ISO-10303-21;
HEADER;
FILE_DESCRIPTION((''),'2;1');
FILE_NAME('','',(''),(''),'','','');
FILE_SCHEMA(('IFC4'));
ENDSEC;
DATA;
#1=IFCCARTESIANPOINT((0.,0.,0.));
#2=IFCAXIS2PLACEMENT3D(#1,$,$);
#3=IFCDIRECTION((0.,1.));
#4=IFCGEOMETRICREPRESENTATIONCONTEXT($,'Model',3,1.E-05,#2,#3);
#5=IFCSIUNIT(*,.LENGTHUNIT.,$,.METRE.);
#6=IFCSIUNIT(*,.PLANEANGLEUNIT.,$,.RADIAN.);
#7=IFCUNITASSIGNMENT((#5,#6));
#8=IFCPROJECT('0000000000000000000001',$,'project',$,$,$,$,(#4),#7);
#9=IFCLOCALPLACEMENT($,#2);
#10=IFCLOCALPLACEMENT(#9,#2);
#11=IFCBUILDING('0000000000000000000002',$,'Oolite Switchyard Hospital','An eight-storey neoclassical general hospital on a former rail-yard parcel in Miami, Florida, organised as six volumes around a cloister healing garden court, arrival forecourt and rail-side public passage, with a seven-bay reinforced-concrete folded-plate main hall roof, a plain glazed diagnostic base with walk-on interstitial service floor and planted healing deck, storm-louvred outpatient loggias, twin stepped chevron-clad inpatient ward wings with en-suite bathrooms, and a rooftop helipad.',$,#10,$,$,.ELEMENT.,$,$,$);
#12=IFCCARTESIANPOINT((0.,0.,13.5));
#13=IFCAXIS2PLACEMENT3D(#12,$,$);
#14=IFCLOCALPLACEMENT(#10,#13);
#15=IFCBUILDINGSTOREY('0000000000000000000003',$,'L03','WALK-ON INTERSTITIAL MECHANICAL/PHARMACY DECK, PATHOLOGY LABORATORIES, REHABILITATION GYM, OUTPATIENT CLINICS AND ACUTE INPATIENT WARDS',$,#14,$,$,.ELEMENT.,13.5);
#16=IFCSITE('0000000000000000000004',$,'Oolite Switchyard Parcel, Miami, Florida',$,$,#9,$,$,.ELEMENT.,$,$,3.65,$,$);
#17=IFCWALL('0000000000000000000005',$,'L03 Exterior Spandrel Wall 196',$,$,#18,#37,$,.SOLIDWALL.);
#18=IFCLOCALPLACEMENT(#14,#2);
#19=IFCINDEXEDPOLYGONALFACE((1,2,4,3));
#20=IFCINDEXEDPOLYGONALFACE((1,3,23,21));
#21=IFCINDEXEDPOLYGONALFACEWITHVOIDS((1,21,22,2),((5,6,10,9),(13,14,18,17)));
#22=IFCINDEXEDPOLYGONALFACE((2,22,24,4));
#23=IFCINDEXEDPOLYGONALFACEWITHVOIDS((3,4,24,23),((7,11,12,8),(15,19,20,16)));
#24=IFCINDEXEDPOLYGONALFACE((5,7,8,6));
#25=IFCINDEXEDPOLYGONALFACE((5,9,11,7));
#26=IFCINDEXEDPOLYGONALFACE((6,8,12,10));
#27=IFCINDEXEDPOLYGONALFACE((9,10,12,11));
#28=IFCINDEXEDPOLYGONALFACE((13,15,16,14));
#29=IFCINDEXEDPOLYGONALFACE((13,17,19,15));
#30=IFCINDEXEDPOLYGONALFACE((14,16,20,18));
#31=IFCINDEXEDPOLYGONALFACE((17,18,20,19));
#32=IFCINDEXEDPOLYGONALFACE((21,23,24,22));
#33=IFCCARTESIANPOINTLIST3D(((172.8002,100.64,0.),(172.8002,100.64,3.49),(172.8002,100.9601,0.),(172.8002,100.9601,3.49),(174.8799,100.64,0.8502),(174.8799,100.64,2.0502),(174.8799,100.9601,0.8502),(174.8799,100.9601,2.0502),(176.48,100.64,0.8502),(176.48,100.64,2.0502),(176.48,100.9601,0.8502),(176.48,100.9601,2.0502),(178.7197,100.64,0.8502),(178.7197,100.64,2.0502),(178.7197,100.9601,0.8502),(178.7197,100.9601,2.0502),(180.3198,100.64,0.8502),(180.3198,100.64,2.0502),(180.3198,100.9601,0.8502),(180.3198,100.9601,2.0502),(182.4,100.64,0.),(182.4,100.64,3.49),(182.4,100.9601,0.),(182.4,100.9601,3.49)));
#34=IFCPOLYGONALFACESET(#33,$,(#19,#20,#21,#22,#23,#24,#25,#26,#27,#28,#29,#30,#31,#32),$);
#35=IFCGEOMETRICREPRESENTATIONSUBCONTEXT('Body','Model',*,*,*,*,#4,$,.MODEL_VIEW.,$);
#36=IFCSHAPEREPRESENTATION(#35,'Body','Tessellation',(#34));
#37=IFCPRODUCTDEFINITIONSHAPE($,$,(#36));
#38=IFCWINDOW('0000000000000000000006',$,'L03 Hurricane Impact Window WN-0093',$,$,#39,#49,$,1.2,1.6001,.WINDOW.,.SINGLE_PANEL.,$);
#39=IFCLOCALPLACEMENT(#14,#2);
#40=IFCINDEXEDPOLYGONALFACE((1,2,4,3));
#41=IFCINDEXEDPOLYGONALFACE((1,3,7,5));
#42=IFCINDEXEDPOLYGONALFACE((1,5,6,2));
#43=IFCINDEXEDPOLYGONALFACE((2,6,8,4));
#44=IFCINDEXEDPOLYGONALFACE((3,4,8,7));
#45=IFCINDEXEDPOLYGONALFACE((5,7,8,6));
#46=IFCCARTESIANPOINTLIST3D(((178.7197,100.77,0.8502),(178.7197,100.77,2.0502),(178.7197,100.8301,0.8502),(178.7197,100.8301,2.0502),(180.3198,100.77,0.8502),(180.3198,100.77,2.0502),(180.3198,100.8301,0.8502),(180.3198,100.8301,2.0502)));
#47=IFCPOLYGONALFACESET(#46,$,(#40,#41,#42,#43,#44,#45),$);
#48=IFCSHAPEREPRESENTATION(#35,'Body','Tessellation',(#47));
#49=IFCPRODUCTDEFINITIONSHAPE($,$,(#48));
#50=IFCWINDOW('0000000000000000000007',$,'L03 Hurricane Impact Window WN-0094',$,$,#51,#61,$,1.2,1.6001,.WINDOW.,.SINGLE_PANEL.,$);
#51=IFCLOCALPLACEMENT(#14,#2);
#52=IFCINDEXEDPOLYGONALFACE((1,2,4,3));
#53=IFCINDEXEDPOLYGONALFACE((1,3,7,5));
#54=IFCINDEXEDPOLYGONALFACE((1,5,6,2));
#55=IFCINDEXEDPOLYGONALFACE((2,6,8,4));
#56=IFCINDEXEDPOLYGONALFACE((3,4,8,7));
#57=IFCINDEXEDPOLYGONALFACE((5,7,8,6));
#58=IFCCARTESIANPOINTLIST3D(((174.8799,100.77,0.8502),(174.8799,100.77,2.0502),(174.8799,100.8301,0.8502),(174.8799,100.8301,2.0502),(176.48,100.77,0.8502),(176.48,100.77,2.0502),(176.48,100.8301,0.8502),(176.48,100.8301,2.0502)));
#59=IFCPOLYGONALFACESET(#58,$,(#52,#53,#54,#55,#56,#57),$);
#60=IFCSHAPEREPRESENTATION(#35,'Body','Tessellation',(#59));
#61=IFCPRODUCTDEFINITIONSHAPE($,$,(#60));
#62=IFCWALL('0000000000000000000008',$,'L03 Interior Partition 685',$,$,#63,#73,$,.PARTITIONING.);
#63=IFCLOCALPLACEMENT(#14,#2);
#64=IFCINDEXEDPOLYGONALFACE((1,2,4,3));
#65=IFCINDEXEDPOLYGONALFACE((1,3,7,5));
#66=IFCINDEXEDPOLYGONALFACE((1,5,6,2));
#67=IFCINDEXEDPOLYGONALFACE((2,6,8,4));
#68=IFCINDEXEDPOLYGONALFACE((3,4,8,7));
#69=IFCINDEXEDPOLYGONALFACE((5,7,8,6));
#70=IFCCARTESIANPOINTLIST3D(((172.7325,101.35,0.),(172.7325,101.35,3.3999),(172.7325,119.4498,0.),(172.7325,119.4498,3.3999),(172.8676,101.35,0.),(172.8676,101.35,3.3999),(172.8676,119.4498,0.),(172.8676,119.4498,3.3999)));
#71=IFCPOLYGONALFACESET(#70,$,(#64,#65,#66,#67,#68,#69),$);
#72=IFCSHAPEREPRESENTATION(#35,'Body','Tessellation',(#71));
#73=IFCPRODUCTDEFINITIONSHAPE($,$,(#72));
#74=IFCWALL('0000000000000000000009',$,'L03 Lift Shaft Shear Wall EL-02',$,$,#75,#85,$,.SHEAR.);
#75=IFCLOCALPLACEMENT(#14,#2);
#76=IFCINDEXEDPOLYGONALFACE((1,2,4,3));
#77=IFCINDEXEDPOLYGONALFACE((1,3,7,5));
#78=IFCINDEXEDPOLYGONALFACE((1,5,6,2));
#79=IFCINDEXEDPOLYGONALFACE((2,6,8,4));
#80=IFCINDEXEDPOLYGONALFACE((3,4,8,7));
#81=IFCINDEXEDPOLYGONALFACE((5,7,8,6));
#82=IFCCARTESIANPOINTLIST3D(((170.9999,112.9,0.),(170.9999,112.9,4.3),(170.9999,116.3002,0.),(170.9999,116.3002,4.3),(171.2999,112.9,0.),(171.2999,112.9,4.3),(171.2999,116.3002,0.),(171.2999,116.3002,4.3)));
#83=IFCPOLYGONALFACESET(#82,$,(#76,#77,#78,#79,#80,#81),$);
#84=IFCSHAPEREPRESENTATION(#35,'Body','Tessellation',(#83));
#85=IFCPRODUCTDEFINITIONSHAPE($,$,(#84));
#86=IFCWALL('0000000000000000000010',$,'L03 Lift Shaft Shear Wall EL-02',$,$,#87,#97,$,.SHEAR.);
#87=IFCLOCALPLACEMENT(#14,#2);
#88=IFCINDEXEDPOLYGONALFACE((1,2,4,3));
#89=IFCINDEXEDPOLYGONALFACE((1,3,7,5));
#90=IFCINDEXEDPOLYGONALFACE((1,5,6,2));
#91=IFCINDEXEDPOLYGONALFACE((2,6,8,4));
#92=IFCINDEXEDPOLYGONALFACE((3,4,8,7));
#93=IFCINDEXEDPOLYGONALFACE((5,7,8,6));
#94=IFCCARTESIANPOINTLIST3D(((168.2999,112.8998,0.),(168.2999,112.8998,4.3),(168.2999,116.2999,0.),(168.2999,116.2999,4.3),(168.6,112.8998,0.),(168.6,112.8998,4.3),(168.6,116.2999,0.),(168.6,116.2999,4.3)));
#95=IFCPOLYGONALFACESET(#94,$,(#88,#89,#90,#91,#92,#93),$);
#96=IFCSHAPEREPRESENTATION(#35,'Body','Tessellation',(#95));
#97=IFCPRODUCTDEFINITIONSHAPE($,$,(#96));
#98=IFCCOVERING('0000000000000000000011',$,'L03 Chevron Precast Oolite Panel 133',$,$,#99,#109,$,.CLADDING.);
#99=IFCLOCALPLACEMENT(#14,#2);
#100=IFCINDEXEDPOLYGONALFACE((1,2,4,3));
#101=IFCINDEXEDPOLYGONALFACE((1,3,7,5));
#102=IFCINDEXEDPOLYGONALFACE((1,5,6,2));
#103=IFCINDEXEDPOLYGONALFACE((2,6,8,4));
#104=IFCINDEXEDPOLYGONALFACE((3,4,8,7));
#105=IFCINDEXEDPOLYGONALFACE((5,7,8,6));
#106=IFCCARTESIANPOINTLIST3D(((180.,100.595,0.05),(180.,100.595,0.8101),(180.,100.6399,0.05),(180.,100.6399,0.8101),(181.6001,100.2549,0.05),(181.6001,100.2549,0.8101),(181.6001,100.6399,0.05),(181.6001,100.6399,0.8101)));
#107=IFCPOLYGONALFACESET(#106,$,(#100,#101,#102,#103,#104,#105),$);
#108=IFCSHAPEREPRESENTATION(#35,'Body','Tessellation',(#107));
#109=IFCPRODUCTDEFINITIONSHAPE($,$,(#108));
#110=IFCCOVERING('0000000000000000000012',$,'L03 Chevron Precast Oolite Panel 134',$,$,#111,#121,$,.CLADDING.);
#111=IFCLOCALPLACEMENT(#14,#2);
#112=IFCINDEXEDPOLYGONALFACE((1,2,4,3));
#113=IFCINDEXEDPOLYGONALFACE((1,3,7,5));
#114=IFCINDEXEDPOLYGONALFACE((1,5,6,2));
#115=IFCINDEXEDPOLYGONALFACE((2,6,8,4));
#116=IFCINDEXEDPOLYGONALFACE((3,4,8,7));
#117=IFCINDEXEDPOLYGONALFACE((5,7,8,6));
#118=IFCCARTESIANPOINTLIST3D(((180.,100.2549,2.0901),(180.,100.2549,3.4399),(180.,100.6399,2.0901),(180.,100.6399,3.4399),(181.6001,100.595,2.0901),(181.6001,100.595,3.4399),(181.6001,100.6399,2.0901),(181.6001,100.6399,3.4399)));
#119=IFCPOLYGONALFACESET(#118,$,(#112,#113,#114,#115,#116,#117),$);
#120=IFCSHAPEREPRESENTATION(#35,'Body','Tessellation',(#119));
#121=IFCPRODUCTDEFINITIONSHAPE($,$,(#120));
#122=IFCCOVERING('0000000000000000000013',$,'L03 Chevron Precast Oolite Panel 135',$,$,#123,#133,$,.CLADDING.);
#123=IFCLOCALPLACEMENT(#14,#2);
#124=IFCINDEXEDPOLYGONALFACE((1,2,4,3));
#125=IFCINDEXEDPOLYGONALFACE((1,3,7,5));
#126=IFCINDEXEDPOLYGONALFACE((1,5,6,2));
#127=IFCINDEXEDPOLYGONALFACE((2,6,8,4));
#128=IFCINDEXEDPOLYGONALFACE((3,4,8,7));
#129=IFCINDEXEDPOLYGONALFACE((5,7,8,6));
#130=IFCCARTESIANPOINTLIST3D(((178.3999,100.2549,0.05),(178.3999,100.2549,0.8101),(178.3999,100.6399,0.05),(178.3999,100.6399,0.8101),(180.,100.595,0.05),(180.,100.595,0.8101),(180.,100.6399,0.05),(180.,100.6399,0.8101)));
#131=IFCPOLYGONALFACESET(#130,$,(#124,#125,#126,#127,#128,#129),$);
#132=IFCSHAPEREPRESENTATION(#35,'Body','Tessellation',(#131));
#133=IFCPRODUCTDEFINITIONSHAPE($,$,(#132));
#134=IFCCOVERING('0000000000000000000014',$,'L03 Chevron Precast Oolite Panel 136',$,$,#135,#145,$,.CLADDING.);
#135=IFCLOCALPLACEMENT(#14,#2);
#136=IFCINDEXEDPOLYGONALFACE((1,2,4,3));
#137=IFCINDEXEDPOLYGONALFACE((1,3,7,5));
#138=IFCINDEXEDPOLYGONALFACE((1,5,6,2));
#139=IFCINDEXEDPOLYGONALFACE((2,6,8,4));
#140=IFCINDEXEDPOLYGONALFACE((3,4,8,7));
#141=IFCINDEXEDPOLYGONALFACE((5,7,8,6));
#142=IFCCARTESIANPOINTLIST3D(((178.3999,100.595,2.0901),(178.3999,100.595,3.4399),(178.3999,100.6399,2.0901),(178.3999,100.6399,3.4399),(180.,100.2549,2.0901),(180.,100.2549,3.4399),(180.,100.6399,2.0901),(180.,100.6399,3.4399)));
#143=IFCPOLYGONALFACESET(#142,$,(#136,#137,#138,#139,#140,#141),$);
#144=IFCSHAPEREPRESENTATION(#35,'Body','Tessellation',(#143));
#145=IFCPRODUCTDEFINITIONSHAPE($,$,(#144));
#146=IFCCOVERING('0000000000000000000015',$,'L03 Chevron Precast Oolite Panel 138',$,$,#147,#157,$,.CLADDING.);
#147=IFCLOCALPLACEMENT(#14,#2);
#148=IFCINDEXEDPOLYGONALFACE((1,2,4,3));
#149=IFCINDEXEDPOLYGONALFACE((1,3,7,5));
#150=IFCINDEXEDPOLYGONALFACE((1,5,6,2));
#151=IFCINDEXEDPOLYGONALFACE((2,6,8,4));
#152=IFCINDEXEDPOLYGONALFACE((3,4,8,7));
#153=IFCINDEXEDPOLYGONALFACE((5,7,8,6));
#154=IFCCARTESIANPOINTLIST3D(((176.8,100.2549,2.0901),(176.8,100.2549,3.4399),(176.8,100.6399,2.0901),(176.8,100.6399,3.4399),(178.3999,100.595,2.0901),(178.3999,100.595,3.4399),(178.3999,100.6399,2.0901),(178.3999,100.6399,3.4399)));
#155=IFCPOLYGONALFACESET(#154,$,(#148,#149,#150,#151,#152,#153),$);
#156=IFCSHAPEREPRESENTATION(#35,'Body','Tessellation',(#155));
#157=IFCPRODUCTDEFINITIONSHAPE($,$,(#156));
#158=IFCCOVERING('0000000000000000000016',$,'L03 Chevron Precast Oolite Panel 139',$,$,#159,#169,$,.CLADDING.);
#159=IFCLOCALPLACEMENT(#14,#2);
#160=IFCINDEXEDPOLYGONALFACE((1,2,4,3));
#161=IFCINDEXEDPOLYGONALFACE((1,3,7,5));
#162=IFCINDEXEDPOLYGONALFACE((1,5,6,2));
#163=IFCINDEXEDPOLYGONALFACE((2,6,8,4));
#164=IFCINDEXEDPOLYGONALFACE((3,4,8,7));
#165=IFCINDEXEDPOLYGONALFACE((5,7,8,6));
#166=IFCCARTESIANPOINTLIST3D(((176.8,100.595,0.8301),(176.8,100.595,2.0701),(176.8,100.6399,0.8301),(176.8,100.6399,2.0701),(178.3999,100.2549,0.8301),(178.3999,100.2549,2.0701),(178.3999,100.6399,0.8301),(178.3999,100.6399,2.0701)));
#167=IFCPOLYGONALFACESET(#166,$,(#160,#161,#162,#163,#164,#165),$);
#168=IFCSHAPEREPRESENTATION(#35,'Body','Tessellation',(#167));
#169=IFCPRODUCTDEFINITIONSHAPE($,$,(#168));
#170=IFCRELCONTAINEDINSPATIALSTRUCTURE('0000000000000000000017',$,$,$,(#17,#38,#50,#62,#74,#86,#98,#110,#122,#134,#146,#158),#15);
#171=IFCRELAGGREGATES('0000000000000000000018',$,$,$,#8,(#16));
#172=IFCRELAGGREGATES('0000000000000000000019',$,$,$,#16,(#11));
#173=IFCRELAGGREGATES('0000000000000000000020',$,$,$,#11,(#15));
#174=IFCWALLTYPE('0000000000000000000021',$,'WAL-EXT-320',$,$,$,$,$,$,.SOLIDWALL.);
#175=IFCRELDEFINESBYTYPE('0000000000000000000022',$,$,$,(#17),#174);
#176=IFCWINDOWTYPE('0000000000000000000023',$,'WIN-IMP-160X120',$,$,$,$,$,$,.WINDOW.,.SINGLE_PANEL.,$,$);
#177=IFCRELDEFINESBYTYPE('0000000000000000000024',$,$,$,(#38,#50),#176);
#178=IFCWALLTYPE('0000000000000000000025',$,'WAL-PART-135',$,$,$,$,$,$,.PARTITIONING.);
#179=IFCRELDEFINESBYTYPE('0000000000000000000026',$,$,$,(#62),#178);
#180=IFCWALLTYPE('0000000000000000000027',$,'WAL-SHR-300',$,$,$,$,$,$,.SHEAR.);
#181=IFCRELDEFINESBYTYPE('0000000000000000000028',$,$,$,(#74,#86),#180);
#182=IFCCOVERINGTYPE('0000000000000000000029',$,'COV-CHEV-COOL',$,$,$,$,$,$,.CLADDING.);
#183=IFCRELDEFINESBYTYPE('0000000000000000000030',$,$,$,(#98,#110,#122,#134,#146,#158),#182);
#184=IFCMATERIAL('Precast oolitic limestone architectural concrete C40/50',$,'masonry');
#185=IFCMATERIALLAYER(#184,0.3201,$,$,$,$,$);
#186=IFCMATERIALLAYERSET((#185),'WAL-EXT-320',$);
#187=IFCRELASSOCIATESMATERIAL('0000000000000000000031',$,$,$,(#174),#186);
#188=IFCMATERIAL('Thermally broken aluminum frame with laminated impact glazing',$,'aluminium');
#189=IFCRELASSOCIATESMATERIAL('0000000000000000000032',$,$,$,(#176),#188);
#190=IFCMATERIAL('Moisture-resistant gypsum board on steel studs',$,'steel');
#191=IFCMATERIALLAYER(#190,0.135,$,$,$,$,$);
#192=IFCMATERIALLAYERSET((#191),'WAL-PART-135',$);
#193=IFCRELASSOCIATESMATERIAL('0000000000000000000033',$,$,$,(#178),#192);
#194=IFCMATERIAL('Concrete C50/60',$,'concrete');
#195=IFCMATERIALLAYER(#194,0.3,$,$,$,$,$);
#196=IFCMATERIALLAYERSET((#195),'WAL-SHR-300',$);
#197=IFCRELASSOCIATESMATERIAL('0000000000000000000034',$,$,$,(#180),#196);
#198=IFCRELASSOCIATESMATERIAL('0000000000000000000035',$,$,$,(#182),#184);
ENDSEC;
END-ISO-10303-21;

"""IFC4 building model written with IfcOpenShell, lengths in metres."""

from ifc_helpers import new_model, si_unit, direction, frame, frame_2d, origin, place, context, subcontext, project, spatial, polyline, rectangle, outline, extrude, material, layer, layer_set, type_object, element, fill, save


model = new_model("IFC4")

# Units and contexts
model_context = context("Model", 3, precision=1e-05, world=origin(), true_north=direction((0.0, 1.0)))
body_context = subcontext(model_context, "Body", "Model", "MODEL_VIEW")
ifc_project = project(units=[si_unit("LENGTHUNIT", "METRE"), si_unit("PLANEANGLEUNIT", "RADIAN")], contexts=[model_context])

# Site, building, storey
site_placement = place(None, origin())
site = spatial("IfcSite", under=ifc_project, at=site_placement, Name="Oolite Switchyard Parcel, Miami, Florida", CompositionType="ELEMENT", RefElevation=3.65)
building_placement = place(site_placement, origin())
building = spatial("IfcBuilding", under=site, at=building_placement, Name="Oolite Switchyard Hospital", Description="An eight-storey neoclassical general hospital on a former rail-yard parcel in Miami, Florida, organised as six volumes around a cloister healing garden court, arrival forecourt and rail-side public passage, with a seven-bay reinforced-concrete folded-plate main hall roof, a plain glazed diagnostic base with walk-on interstitial service floor and planted healing deck, storm-louvred outpatient loggias, twin stepped chevron-clad inpatient ward wings with en-suite bathrooms, and a rooftop helipad.", CompositionType="ELEMENT")
storey_placement = place(building_placement, frame((0.0, 0.0, 13.5)))
storey = spatial("IfcBuildingStorey", under=building, at=storey_placement, Name="L03", Description="WALK-ON INTERSTITIAL MECHANICAL/PHARMACY DECK, PATHOLOGY LABORATORIES, REHABILITATION GYM, OUTPATIENT CLINICS AND ACUTE INPATIENT WARDS", CompositionType="ELEMENT", Elevation=13.5)

# Shared definitions
ifc_material_1 = material(Name="Concrete C50/60", Category="concrete")

# Wall, openings, windows
ifc_material_2 = material(Name="Precast oolitic limestone architectural concrete C40/50", Category="masonry")
ifc_layer_1 = layer(ifc_material_2, 0.3201)
ifc_layer_set_1 = layer_set([ifc_layer_1], Name="WAL-EXT-320")
wall_type_1 = type_object("IfcWallType", Name="WAL-EXT-320", PredefinedType="SOLIDWALL", material=ifc_layer_set_1)
wall_1_placement = place(storey_placement, frame((182.3999, 100.8, 0.0), z_axis=(0.0, 0.0, 1.0), x_axis=(-1.0, 0.0, 0.0)))
wall_1 = element("IfcWall", 1, at=wall_1_placement, inside=storey, type_object=wall_type_1, Name="L03 Exterior Spandrel Wall 196", PredefinedType="SOLIDWALL", context=body_context, shape_type="SweptSolid", body=[
    extrude(rectangle(XDim=9.5999, YDim=0.3201, at=frame_2d((4.7998, 0.0))), origin(), (0.0, 0.0, 1.0), 3.49),
])
opening_1_placement = place(wall_1_placement, frame((2.0801, 0.0, 0.8501)))
opening_1 = element("IfcOpeningElement", 2, at=opening_1_placement, cuts=wall_1, PredefinedType="OPENING", context=body_context, shape_type="SweptSolid", body=[
    extrude(rectangle(XDim=1.6001, YDim=1.2, at=frame_2d((0.8, 0.6001))), frame((0.0, 0.1699, 0.0), z_axis=(0.0, -1.0, 0.0), x_axis=(1.0, 0.0, 0.0)), (0.0, 0.0, 1.0), 0.3401),
])
opening_2_placement = place(wall_1_placement, frame((5.9199, 0.0, 0.8501)))
opening_2 = element("IfcOpeningElement", 3, at=opening_2_placement, cuts=wall_1, PredefinedType="OPENING", context=body_context, shape_type="SweptSolid", body=[
    extrude(rectangle(XDim=1.6001, YDim=1.2, at=frame_2d((0.8, 0.6001))), frame((0.0, 0.1699, 0.0), z_axis=(0.0, -1.0, 0.0), x_axis=(1.0, 0.0, 0.0)), (0.0, 0.0, 1.0), 0.3401),
])
ifc_material_3 = material(Name="Thermally broken aluminum frame with laminated impact glazing", Category="aluminium")
window_type = type_object("IfcWindowType", Name="WIN-IMP-160X120", PartitioningType="SINGLE_PANEL", PredefinedType="WINDOW", material=ifc_material_3)
window_1_placement = place(opening_1_placement, origin())
window_1 = element("IfcWindow", 4, at=window_1_placement, inside=storey, type_object=window_type, Name="L03 Hurricane Impact Window WN-0093", OverallHeight=1.2, OverallWidth=1.6001, PartitioningType="SINGLE_PANEL", PredefinedType="WINDOW", context=body_context, shape_type="SweptSolid", body=[
    extrude(rectangle(XDim=1.6001, YDim=1.2, at=frame_2d((0.8, 0.6001))), frame((0.0, 0.03, 0.0), z_axis=(0.0, -1.0, 0.0), x_axis=(1.0, 0.0, 0.0)), (0.0, 0.0, 1.0), 0.0601),
])
fill(opening_1, window_1)
window_2_placement = place(opening_2_placement, origin())
window_2 = element("IfcWindow", 5, at=window_2_placement, inside=storey, type_object=window_type, Name="L03 Hurricane Impact Window WN-0094", OverallHeight=1.2, OverallWidth=1.6001, PartitioningType="SINGLE_PANEL", PredefinedType="WINDOW", context=body_context, shape_type="SweptSolid", body=[
    extrude(rectangle(XDim=1.6001, YDim=1.2, at=frame_2d((0.8, 0.6001))), frame((0.0, 0.03, 0.0), z_axis=(0.0, -1.0, 0.0), x_axis=(1.0, 0.0, 0.0)), (0.0, 0.0, 1.0), 0.0601),
])
fill(opening_2, window_2)

# Walls
ifc_material_4 = material(Name="Moisture-resistant gypsum board on steel studs", Category="steel")
ifc_layer_2 = layer(ifc_material_4, 0.135)
ifc_layer_set_2 = layer_set([ifc_layer_2], Name="WAL-PART-135")
wall_type_2 = type_object("IfcWallType", Name="WAL-PART-135", PredefinedType="PARTITIONING", material=ifc_layer_set_2)
wall_2_placement = place(storey_placement, frame((172.8, 101.3501, 0.0), z_axis=(0.0, 0.0, 1.0), x_axis=(0.0, 1.0, 0.0)))
element("IfcWall", 6, at=wall_2_placement, inside=storey, type_object=wall_type_2, Name="L03 Interior Partition 685", PredefinedType="PARTITIONING", context=body_context, shape_type="SweptSolid", body=[
    extrude(rectangle(XDim=18.0999, YDim=0.135, at=frame_2d((9.0498, 0.0))), origin(), (0.0, 0.0, 1.0), 3.3999),
])
ifc_layer_3 = layer(ifc_material_1, 0.3)
ifc_layer_set_3 = layer_set([ifc_layer_3], Name="WAL-SHR-300")
wall_type_3 = type_object("IfcWallType", Name="WAL-SHR-300", PredefinedType="SHEAR", material=ifc_layer_set_3)
for number, where, z_axis, x_axis, name in (
    (7, (171.1499, 112.8999, 0.0), (0.0, 0.0, 1.0), (0.0, 1.0, 0.0), "L03 Lift Shaft Shear Wall EL-02"),
    (8, (168.45, 116.3, 0.0), (0.0, 0.0, 1.0), (0.0, -1.0, 0.0), "L03 Lift Shaft Shear Wall EL-02"),
):
    element("IfcWall", number, at=place(storey_placement, frame(where, z_axis=z_axis, x_axis=x_axis)), inside=storey, type_object=wall_type_3, Name=name, PredefinedType="SHEAR", context=body_context, shape_type="SweptSolid", body=[
        extrude(rectangle(XDim=3.4001, YDim=0.3, at=frame_2d((1.7002, 0.0))), origin(), (0.0, 0.0, 1.0), 4.3),
    ])

# Coverings
covering_type = type_object("IfcCoveringType", Name="COV-CHEV-COOL", PredefinedType="CLADDING", material=ifc_material_2)
covering_1_placement = place(storey_placement, frame((181.6001, 100.6399, 0.05), z_axis=(0.0, 0.0, 1.0), x_axis=(-1.0, 0.0, 0.0)))
element("IfcCovering", 9, at=covering_1_placement, inside=storey, type_object=covering_type, Name="L03 Chevron Precast Oolite Panel 133", PredefinedType="CLADDING", context=body_context, shape_type="SweptSolid", body=[
    extrude(outline(polyline([(0.0, 0.0), (1.6001, 0.0), (1.6001, 0.0449), (0.0, 0.385), (0.0, 0.0)])), origin(), (0.0, 0.0, 1.0), 0.76),
])
covering_2_placement = place(storey_placement, frame((181.6001, 100.6399, 2.0901), z_axis=(0.0, 0.0, 1.0), x_axis=(-1.0, 0.0, 0.0)))
element("IfcCovering", 10, at=covering_2_placement, inside=storey, type_object=covering_type, Name="L03 Chevron Precast Oolite Panel 134", PredefinedType="CLADDING", context=body_context, shape_type="SweptSolid", body=[
    extrude(outline(polyline([(0.0, 0.0), (1.6001, 0.0), (1.6001, 0.385), (0.0, 0.0449), (0.0, 0.0)])), origin(), (0.0, 0.0, 1.0), 1.3499),
])
covering_3_placement = place(storey_placement, frame((180.0, 100.6399, 0.05), z_axis=(0.0, 0.0, 1.0), x_axis=(-1.0, 0.0, 0.0)))
element("IfcCovering", 11, at=covering_3_placement, inside=storey, type_object=covering_type, Name="L03 Chevron Precast Oolite Panel 135", PredefinedType="CLADDING", context=body_context, shape_type="SweptSolid", body=[
    extrude(outline(polyline([(0.0, 0.0), (1.6001, 0.0), (1.6001, 0.385), (0.0, 0.0449), (0.0, 0.0)])), origin(), (0.0, 0.0, 1.0), 0.76),
])
covering_4_placement = place(storey_placement, frame((180.0, 100.6399, 2.0901), z_axis=(0.0, 0.0, 1.0), x_axis=(-1.0, 0.0, 0.0)))
element("IfcCovering", 12, at=covering_4_placement, inside=storey, type_object=covering_type, Name="L03 Chevron Precast Oolite Panel 136", PredefinedType="CLADDING", context=body_context, shape_type="SweptSolid", body=[
    extrude(outline(polyline([(0.0, 0.0), (1.6001, 0.0), (1.6001, 0.0449), (0.0, 0.385), (0.0, 0.0)])), origin(), (0.0, 0.0, 1.0), 1.3499),
])
covering_5_placement = place(storey_placement, frame((178.3999, 100.6399, 2.0901), z_axis=(0.0, 0.0, 1.0), x_axis=(-1.0, 0.0, 0.0)))
element("IfcCovering", 13, at=covering_5_placement, inside=storey, type_object=covering_type, Name="L03 Chevron Precast Oolite Panel 138", PredefinedType="CLADDING", context=body_context, shape_type="SweptSolid", body=[
    extrude(outline(polyline([(0.0, 0.0), (1.5999, 0.0), (1.5999, 0.385), (0.0, 0.0449), (0.0, 0.0)])), origin(), (0.0, 0.0, 1.0), 1.3499),
])
covering_6_placement = place(storey_placement, frame((178.3999, 100.6399, 0.8301), z_axis=(0.0, 0.0, 1.0), x_axis=(-1.0, 0.0, 0.0)))
element("IfcCovering", 14, at=covering_6_placement, inside=storey, type_object=covering_type, Name="L03 Chevron Precast Oolite Panel 139", PredefinedType="CLADDING", context=body_context, shape_type="SweptSolid", body=[
    extrude(outline(polyline([(0.0, 0.0), (1.5999, 0.0), (1.5999, 0.0449), (0.0, 0.385), (0.0, 0.0)])), origin(), (0.0, 0.0, 1.0), 1.24),
])

save(model, "model.ifc")
